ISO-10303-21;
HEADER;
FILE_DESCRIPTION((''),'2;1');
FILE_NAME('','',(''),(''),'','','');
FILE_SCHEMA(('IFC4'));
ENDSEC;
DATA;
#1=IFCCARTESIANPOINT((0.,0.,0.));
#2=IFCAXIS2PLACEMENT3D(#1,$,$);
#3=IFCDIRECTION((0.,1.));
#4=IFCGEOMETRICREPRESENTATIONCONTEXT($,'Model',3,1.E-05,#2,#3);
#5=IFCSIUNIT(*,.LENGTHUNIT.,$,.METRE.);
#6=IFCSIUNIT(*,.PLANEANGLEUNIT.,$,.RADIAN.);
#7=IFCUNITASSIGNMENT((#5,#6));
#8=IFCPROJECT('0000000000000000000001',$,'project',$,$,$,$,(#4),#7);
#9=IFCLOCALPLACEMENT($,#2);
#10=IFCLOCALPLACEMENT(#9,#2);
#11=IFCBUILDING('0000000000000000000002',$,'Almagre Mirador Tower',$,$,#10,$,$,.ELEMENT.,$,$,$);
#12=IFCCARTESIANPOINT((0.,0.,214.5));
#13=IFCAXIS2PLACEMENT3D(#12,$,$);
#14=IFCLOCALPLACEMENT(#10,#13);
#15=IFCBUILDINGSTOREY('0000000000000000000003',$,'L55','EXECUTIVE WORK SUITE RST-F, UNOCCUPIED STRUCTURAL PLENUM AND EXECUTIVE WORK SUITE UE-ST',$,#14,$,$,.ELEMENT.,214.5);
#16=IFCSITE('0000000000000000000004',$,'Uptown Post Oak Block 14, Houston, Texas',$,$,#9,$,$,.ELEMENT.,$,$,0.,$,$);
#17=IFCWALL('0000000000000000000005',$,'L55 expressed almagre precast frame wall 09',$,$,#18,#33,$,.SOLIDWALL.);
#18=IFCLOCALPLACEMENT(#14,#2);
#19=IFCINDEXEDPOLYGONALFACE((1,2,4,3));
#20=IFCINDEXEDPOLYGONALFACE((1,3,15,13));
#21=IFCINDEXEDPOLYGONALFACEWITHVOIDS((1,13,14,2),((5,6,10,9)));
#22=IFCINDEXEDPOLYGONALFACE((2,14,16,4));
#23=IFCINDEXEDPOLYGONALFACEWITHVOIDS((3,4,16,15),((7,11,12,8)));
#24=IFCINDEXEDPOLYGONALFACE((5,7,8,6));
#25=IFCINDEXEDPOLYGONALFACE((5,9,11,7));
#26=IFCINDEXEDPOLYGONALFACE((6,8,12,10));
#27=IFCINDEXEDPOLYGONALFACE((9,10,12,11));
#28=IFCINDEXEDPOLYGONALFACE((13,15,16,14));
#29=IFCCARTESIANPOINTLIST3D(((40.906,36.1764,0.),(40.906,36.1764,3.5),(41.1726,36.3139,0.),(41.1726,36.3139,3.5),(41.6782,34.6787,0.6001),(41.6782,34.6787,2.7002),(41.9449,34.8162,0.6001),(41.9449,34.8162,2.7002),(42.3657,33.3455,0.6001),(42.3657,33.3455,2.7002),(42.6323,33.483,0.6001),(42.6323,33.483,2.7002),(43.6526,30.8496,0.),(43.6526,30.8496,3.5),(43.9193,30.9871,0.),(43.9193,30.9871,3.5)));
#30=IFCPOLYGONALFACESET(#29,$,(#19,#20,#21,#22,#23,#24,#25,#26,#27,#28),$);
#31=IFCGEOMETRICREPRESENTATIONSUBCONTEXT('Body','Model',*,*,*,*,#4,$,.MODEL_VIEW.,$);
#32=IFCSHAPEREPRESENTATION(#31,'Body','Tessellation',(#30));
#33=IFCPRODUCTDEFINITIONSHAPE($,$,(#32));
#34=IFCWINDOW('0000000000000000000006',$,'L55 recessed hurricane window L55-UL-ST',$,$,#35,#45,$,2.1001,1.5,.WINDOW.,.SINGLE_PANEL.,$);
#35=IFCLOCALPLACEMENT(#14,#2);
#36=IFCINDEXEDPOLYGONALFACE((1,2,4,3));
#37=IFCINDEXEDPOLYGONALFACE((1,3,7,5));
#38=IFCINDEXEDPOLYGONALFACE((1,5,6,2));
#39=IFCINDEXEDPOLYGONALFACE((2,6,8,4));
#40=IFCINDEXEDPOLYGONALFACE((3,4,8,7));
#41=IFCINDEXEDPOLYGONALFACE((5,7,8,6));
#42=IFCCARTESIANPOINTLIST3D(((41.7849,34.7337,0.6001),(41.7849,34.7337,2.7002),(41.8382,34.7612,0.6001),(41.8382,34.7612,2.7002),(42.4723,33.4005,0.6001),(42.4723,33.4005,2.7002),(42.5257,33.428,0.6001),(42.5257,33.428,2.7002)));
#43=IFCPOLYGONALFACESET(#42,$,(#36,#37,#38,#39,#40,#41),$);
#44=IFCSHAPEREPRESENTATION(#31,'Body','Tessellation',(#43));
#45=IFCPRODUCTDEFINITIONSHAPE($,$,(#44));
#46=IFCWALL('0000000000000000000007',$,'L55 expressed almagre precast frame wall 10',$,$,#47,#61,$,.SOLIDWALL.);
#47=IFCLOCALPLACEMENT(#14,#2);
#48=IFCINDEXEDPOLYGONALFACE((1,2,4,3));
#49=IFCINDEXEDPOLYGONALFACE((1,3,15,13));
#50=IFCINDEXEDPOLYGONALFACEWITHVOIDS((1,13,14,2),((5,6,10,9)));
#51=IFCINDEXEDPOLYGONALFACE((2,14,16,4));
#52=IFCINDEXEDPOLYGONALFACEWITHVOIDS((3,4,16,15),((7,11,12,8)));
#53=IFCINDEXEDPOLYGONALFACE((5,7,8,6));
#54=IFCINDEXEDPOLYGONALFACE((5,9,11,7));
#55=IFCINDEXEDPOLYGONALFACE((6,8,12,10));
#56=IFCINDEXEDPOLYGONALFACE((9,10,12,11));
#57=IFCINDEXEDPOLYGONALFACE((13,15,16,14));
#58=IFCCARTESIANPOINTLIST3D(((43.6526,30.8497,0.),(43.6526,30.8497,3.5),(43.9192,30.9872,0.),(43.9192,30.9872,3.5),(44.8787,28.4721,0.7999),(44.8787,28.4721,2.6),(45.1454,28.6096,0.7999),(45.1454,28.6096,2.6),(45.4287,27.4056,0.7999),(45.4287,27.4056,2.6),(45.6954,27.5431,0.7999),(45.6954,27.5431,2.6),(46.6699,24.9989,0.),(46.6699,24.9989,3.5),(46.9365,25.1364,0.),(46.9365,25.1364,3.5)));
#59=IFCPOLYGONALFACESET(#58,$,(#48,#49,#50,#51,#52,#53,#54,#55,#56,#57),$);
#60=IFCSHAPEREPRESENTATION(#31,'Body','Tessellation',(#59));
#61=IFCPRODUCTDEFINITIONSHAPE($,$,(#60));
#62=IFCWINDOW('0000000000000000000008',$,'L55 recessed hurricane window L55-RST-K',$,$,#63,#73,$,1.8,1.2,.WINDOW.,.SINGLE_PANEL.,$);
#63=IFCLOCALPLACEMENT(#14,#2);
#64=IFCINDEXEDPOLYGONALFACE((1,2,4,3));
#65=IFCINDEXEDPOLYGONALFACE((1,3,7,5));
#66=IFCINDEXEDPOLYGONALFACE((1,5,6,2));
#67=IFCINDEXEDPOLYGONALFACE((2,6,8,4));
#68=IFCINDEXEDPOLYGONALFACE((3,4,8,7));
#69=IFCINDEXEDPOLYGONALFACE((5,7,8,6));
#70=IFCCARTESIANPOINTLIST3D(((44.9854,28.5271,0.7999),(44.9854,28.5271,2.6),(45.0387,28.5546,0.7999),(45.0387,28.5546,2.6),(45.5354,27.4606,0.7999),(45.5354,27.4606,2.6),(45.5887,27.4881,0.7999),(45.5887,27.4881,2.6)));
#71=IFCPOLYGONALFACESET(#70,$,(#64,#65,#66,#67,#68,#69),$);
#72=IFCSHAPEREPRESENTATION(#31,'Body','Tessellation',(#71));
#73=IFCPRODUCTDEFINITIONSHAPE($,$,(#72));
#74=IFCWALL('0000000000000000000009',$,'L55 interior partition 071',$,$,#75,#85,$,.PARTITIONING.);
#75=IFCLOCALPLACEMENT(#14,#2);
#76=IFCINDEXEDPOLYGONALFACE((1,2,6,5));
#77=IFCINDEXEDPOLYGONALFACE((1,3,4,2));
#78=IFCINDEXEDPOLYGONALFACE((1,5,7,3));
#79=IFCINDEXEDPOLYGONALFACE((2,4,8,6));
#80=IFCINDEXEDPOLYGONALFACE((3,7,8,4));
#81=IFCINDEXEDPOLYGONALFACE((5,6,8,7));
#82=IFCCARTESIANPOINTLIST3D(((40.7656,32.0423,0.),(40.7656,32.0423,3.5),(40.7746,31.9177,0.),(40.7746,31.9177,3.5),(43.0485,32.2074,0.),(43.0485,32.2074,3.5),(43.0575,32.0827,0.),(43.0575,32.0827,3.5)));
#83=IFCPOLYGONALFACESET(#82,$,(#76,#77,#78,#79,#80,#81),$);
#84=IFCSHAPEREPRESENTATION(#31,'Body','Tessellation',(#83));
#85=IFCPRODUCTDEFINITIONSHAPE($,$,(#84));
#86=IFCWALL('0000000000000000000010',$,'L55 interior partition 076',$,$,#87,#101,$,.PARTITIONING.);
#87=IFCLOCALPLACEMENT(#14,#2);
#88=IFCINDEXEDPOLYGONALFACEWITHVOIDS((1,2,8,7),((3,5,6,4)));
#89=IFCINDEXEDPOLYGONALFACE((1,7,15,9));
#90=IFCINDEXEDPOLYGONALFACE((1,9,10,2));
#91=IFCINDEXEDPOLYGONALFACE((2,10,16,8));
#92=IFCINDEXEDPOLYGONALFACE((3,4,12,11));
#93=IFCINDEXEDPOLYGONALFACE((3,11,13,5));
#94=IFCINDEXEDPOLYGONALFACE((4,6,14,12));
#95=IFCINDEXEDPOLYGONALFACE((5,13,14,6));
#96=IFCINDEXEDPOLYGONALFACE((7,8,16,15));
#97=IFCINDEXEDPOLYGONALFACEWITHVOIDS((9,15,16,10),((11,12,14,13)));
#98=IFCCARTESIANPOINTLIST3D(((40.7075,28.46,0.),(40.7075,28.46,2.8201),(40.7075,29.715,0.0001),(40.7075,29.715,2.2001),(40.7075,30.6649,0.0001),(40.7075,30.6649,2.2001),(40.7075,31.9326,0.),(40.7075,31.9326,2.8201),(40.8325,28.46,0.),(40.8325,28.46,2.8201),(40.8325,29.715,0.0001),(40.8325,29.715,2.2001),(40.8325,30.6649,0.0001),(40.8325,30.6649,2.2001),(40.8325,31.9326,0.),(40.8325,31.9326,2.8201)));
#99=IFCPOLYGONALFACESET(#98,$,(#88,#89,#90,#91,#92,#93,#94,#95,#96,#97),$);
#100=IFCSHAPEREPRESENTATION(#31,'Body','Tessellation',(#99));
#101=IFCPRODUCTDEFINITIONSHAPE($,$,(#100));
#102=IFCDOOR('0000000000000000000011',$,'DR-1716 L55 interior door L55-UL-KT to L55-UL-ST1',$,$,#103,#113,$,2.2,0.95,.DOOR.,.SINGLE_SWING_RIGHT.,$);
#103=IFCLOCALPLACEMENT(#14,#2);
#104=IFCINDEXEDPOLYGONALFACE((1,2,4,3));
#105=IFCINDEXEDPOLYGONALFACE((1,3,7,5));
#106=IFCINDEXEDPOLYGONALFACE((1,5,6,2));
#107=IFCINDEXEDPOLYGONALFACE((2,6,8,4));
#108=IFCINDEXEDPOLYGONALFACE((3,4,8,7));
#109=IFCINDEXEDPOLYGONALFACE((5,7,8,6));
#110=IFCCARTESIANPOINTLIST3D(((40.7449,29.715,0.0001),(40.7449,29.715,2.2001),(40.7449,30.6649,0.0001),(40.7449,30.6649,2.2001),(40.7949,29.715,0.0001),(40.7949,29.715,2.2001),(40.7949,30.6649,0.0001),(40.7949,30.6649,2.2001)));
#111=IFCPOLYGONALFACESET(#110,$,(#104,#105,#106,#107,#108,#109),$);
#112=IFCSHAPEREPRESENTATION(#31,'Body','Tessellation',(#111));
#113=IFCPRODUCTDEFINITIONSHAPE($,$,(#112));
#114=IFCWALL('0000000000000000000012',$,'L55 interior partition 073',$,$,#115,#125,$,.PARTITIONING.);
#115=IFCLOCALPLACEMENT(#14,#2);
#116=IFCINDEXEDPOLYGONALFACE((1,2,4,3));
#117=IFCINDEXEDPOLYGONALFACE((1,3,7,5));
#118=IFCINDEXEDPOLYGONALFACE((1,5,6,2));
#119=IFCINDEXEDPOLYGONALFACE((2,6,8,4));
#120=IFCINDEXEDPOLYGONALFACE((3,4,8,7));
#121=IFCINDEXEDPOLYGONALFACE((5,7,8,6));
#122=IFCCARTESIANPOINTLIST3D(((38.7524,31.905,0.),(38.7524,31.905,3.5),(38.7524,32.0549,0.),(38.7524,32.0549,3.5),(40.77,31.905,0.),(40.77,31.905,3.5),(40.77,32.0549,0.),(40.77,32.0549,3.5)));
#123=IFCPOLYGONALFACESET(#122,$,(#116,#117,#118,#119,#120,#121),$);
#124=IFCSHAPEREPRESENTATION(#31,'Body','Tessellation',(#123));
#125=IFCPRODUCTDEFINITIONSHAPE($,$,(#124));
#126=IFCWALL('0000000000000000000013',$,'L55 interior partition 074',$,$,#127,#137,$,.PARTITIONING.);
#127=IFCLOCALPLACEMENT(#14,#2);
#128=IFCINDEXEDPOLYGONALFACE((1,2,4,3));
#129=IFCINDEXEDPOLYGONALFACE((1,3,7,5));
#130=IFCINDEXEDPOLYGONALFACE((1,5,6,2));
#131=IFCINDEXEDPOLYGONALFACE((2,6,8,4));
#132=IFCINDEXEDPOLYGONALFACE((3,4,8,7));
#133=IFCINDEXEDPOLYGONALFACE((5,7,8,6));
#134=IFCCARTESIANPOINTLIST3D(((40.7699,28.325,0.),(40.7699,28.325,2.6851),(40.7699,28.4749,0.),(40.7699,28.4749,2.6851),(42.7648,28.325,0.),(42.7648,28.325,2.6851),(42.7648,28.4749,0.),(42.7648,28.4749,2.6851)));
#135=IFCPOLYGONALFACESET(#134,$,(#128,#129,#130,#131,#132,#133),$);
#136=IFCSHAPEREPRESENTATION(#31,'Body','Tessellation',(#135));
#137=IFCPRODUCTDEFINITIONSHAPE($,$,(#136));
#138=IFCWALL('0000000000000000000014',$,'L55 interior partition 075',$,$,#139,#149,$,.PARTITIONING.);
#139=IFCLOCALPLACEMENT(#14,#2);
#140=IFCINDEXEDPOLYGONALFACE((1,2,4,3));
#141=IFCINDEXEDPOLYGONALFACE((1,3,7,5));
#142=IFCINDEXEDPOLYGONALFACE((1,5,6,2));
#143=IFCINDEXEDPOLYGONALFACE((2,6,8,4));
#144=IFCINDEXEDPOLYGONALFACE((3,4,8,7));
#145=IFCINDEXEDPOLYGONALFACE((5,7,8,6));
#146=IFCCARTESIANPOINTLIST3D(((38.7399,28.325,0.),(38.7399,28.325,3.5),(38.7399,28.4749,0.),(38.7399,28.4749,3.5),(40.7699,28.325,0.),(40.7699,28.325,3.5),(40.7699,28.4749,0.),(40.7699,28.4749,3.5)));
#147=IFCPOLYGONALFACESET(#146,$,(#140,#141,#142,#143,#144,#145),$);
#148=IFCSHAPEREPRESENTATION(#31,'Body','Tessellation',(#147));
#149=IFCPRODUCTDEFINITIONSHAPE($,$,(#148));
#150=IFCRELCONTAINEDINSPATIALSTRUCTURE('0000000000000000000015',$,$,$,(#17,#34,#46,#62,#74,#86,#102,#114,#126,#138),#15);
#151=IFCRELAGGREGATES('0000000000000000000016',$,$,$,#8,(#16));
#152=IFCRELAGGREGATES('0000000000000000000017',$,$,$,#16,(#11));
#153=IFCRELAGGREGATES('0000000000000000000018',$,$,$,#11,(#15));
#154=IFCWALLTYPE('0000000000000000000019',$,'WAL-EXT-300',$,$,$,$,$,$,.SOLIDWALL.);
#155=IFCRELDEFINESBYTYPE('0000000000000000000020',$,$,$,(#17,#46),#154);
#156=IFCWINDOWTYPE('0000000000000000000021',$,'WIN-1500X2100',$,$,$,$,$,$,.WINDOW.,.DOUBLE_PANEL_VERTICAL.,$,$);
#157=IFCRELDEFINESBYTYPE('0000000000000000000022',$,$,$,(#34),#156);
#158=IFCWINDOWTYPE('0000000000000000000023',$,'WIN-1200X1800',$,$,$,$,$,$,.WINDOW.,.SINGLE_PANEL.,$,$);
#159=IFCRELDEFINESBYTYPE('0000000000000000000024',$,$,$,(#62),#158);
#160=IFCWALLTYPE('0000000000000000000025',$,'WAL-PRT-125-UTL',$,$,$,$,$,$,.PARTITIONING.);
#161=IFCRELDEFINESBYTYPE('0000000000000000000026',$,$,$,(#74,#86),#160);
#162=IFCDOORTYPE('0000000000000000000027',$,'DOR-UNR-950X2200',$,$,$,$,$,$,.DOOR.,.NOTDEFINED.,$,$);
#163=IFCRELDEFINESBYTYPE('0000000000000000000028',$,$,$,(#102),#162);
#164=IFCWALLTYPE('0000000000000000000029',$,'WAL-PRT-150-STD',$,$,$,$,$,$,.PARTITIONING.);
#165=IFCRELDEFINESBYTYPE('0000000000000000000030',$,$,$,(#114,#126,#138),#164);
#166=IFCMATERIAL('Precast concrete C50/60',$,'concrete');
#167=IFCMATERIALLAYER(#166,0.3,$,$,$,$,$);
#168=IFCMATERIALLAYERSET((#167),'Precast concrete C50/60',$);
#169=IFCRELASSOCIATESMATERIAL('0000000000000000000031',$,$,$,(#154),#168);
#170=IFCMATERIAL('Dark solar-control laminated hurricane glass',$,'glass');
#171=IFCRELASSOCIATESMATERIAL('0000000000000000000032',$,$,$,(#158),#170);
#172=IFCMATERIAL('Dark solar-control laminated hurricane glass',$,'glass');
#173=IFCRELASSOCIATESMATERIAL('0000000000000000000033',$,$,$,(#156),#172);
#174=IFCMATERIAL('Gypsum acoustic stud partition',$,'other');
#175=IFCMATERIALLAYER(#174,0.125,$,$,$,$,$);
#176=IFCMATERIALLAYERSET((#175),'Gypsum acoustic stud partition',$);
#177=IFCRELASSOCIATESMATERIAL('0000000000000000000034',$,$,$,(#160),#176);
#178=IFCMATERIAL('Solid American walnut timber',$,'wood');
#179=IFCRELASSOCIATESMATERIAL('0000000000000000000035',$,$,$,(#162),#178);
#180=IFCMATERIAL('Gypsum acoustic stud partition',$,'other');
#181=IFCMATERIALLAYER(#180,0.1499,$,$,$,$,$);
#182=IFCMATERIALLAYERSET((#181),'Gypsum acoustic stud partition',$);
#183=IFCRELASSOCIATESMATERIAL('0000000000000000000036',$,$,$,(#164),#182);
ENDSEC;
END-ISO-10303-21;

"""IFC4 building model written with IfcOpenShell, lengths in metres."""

from ifc_helpers import new_model, si_unit, direction, frame, frame_2d, origin, place, context, subcontext, project, spatial, rectangle, extrude, material, layer, layer_set, type_object, element, fill, save


model = new_model("IFC4")

# Units and contexts
model_context = context("Model", 3, precision=1e-05, world=origin(), true_north=direction((0.0, 1.0)))
body_context = subcontext(model_context, "Body", "Model", "MODEL_VIEW")
ifc_project = project(units=[si_unit("LENGTHUNIT", "METRE"), si_unit("PLANEANGLEUNIT", "RADIAN")], contexts=[model_context])

# Site, building, storey
site_placement = place(None, origin())
site = spatial("IfcSite", under=ifc_project, at=site_placement, Name="Uptown Post Oak Block 14, Houston, Texas", CompositionType="ELEMENT", RefElevation=0.0)
building_placement = place(site_placement, origin())
building = spatial("IfcBuilding", under=site, at=building_placement, Name="Almagre Mirador Tower", CompositionType="ELEMENT")
storey_placement = place(building_placement, frame((0.0, 0.0, 214.5)))
storey = spatial("IfcBuildingStorey", under=building, at=storey_placement, Name="L55", Description="EXECUTIVE WORK SUITE RST-F, UNOCCUPIED STRUCTURAL PLENUM AND EXECUTIVE WORK SUITE UE-ST", CompositionType="ELEMENT", Elevation=214.5)

# Shared definitions
ifc_material_1 = material(Name="Precast concrete C50/60", Category="concrete")
ifc_layer_1 = layer(ifc_material_1, 0.3)
ifc_layer_set_1 = layer_set([ifc_layer_1], Name="Precast concrete C50/60")
wall_type_1 = type_object("IfcWallType", Name="WAL-EXT-300", PredefinedType="SOLIDWALL", material=ifc_layer_set_1)
ifc_material_2 = material(Name="Dark solar-control laminated hurricane glass", Category="glass")
window_type_1 = type_object("IfcWindowType", Name="WIN-1200X1800", PartitioningType="SINGLE_PANEL", PredefinedType="WINDOW", material=ifc_material_2)

# Walls, openings, windows
wall_1_placement = place(storey_placement, frame((41.0393, 36.2451, 0.0), z_axis=(0.0, 0.0, 1.0), x_axis=(0.458292, -0.888802, 0.0)))
wall_1 = element("IfcWall", 1, at=wall_1_placement, inside=storey, type_object=wall_type_1, Name="L55 expressed almagre precast frame wall 09", PredefinedType="SOLIDWALL", context=body_context, shape_type="SweptSolid", body=[
    extrude(rectangle(XDim=5.9932, YDim=0.3, at=frame_2d((2.9966, 0.0))), origin(), (0.0, 0.0, 1.0), 3.5),
])
opening_1_placement = place(wall_1_placement, frame((1.6851, 0.0, 0.6001)))
opening_1 = element("IfcOpeningElement", 2, at=opening_1_placement, cuts=wall_1, PredefinedType="OPENING", context=body_context, shape_type="SweptSolid", body=[
    extrude(rectangle(XDim=1.5, YDim=2.1001, at=frame_2d((0.75, 1.05))), frame((0.0, 0.1599, 0.0), z_axis=(0.0, -1.0, 0.0), x_axis=(1.0, 0.0, 0.0)), (0.0, 0.0, 1.0), 0.32),
])
ifc_material_3 = material(Name="Dark solar-control laminated hurricane glass", Category="glass")
window_type_2 = type_object("IfcWindowType", Name="WIN-1500X2100", PartitioningType="DOUBLE_PANEL_VERTICAL", PredefinedType="WINDOW", material=ifc_material_3)
window_1_placement = place(opening_1_placement, origin())
window_1 = element("IfcWindow", 3, at=window_1_placement, inside=storey, type_object=window_type_2, Name="L55 recessed hurricane window L55-UL-ST", OverallHeight=2.1001, OverallWidth=1.5, PartitioningType="SINGLE_PANEL", PredefinedType="WINDOW", context=body_context, shape_type="SweptSolid", body=[
    extrude(rectangle(XDim=1.5, YDim=2.1001, at=frame_2d((0.75, 1.05))), frame((0.0, 0.03, 0.0), z_axis=(0.0, -1.0, 0.0), x_axis=(1.0, 0.0, 0.0)), (0.0, 0.0, 1.0), 0.0601),
])
fill(opening_1, window_1)
wall_2_placement = place(storey_placement, frame((43.7859, 30.9185, 0.0), z_axis=(0.0, 0.0, 1.0), x_axis=(0.458349, -0.888772, 0.0)))
wall_2 = element("IfcWall", 4, at=wall_2_placement, inside=storey, type_object=wall_type_1, Name="L55 expressed almagre precast frame wall 10", PredefinedType="SOLIDWALL", context=body_context, shape_type="SweptSolid", body=[
    extrude(rectangle(XDim=6.583, YDim=0.3, at=frame_2d((3.2915, 0.0))), origin(), (0.0, 0.0, 1.0), 3.5),
])
opening_2_placement = place(wall_2_placement, frame((2.675, 0.0, 0.8)))
opening_2 = element("IfcOpeningElement", 5, at=opening_2_placement, cuts=wall_2, PredefinedType="OPENING", context=body_context, shape_type="SweptSolid", body=[
    extrude(rectangle(XDim=1.2, YDim=1.8, at=frame_2d((0.6001, 0.8999))), frame((0.0, 0.1599, 0.0), z_axis=(0.0, -1.0, 0.0), x_axis=(1.0, 0.0, 0.0)), (0.0, 0.0, 1.0), 0.32),
])
window_2_placement = place(opening_2_placement, origin())
window_2 = element("IfcWindow", 6, at=window_2_placement, inside=storey, type_object=window_type_1, Name="L55 recessed hurricane window L55-RST-K", OverallHeight=1.8, OverallWidth=1.2, PartitioningType="SINGLE_PANEL", PredefinedType="WINDOW", context=body_context, shape_type="SweptSolid", body=[
    extrude(rectangle(XDim=1.2, YDim=1.8, at=frame_2d((0.6001, 0.8999))), frame((0.0, 0.03, 0.0), z_axis=(0.0, -1.0, 0.0), x_axis=(1.0, 0.0, 0.0)), (0.0, 0.0, 1.0), 0.0601),
])
fill(opening_2, window_2)

# Wall
ifc_material_4 = material(Name="Gypsum acoustic stud partition", Category="other")
ifc_layer_2 = layer(ifc_material_4, 0.125)
ifc_layer_set_2 = layer_set([ifc_layer_2], Name="Gypsum acoustic stud partition")
wall_type_2 = type_object("IfcWallType", Name="WAL-PRT-125-UTL", PredefinedType="PARTITIONING", material=ifc_layer_set_2)
wall_3_placement = place(storey_placement, frame((40.77, 31.98, 0.0), z_axis=(0.0, 0.0, 1.0), x_axis=(0.997397, 0.072104, 0.0)))
element("IfcWall", 7, at=wall_3_placement, inside=storey, type_object=wall_type_2, Name="L55 interior partition 071", PredefinedType="PARTITIONING", context=body_context, shape_type="SweptSolid", body=[
    extrude(rectangle(XDim=2.2888, YDim=0.125, at=frame_2d((1.1445, 0.0))), origin(), (0.0, 0.0, 1.0), 3.5),
])

# Wall, opening, door
wall_4_placement = place(storey_placement, frame((40.77, 31.9326, 0.0), z_axis=(0.0, 0.0, 1.0), x_axis=(0.0, -1.0, 0.0)))
wall_4 = element("IfcWall", 8, at=wall_4_placement, inside=storey, type_object=wall_type_2, Name="L55 interior partition 076", PredefinedType="PARTITIONING", context=body_context, shape_type="SweptSolid", body=[
    extrude(rectangle(XDim=3.4727, YDim=0.125, at=frame_2d((1.7363, 0.0))), origin(), (0.0, 0.0, 1.0), 2.8201),
])
opening_3_placement = place(wall_4_placement, frame((1.2676, 0.0, 0.0)))
opening_3 = element("IfcOpeningElement", 9, at=opening_3_placement, cuts=wall_4, PredefinedType="OPENING", context=body_context, shape_type="SweptSolid", body=[
    extrude(rectangle(XDim=0.95, YDim=2.2, at=frame_2d((0.4751, 1.1001))), frame((0.0, 0.0725, 0.0), z_axis=(0.0, -1.0, 0.0), x_axis=(1.0, 0.0, 0.0)), (0.0, 0.0, 1.0), 0.145),
])
ifc_material_5 = material(Name="Solid American walnut timber", Category="wood")
door_type = type_object("IfcDoorType", Name="DOR-UNR-950X2200", OperationType="NOTDEFINED", PredefinedType="DOOR", material=ifc_material_5)
door_1_placement = place(opening_3_placement, origin())
door_1 = element("IfcDoor", 10, at=door_1_placement, inside=storey, type_object=door_type, Name="DR-1716 L55 interior door L55-UL-KT to L55-UL-ST1", OperationType="SINGLE_SWING_RIGHT", OverallHeight=2.2, OverallWidth=0.95, PredefinedType="DOOR", context=body_context, shape_type="SweptSolid", body=[
    extrude(rectangle(XDim=0.95, YDim=2.2, at=frame_2d((0.4751, 1.1001))), frame((0.0, 0.0249, 0.0), z_axis=(0.0, -1.0, 0.0), x_axis=(1.0, 0.0, 0.0)), (0.0, 0.0, 1.0), 0.05),
])
fill(opening_3, door_1)

# Walls
ifc_material_6 = material(Name="Gypsum acoustic stud partition", Category="other")
ifc_layer_3 = layer(ifc_material_6, 0.1499)
ifc_layer_set_3 = layer_set([ifc_layer_3], Name="Gypsum acoustic stud partition")
wall_type_3 = type_object("IfcWallType", Name="WAL-PRT-150-STD", PredefinedType="PARTITIONING", material=ifc_layer_set_3)
wall_5_placement = place(storey_placement, frame((38.7524, 31.98, 0.0), z_axis=(0.0, 0.0, 1.0), x_axis=(1.0, 0.0, 0.0)))
element("IfcWall", 11, at=wall_5_placement, inside=storey, type_object=wall_type_3, Name="L55 interior partition 073", PredefinedType="PARTITIONING", context=body_context, shape_type="SweptSolid", body=[
    extrude(rectangle(XDim=2.0176, YDim=0.1499, at=frame_2d((1.0088, 0.0))), origin(), (0.0, 0.0, 1.0), 3.5),
])
wall_6_placement = place(storey_placement, frame((42.7649, 28.3999, 0.0), z_axis=(0.0, 0.0, 1.0), x_axis=(-1.0, 0.0, 0.0)))
element("IfcWall", 12, at=wall_6_placement, inside=storey, type_object=wall_type_3, Name="L55 interior partition 074", PredefinedType="PARTITIONING", context=body_context, shape_type="SweptSolid", body=[
    extrude(rectangle(XDim=1.9949, YDim=0.1499, at=frame_2d((0.9976, 0.0))), origin(), (0.0, 0.0, 1.0), 2.6851),
])
wall_7_placement = place(storey_placement, frame((40.77, 28.3999, 0.0), z_axis=(0.0, 0.0, 1.0), x_axis=(-1.0, 0.0, 0.0)))
element("IfcWall", 13, at=wall_7_placement, inside=storey, type_object=wall_type_3, Name="L55 interior partition 075", PredefinedType="PARTITIONING", context=body_context, shape_type="SweptSolid", body=[
    extrude(rectangle(XDim=2.03, YDim=0.1499, at=frame_2d((1.0151, 0.0))), origin(), (0.0, 0.0, 1.0), 3.5),
])

save(model, "model.ifc")
